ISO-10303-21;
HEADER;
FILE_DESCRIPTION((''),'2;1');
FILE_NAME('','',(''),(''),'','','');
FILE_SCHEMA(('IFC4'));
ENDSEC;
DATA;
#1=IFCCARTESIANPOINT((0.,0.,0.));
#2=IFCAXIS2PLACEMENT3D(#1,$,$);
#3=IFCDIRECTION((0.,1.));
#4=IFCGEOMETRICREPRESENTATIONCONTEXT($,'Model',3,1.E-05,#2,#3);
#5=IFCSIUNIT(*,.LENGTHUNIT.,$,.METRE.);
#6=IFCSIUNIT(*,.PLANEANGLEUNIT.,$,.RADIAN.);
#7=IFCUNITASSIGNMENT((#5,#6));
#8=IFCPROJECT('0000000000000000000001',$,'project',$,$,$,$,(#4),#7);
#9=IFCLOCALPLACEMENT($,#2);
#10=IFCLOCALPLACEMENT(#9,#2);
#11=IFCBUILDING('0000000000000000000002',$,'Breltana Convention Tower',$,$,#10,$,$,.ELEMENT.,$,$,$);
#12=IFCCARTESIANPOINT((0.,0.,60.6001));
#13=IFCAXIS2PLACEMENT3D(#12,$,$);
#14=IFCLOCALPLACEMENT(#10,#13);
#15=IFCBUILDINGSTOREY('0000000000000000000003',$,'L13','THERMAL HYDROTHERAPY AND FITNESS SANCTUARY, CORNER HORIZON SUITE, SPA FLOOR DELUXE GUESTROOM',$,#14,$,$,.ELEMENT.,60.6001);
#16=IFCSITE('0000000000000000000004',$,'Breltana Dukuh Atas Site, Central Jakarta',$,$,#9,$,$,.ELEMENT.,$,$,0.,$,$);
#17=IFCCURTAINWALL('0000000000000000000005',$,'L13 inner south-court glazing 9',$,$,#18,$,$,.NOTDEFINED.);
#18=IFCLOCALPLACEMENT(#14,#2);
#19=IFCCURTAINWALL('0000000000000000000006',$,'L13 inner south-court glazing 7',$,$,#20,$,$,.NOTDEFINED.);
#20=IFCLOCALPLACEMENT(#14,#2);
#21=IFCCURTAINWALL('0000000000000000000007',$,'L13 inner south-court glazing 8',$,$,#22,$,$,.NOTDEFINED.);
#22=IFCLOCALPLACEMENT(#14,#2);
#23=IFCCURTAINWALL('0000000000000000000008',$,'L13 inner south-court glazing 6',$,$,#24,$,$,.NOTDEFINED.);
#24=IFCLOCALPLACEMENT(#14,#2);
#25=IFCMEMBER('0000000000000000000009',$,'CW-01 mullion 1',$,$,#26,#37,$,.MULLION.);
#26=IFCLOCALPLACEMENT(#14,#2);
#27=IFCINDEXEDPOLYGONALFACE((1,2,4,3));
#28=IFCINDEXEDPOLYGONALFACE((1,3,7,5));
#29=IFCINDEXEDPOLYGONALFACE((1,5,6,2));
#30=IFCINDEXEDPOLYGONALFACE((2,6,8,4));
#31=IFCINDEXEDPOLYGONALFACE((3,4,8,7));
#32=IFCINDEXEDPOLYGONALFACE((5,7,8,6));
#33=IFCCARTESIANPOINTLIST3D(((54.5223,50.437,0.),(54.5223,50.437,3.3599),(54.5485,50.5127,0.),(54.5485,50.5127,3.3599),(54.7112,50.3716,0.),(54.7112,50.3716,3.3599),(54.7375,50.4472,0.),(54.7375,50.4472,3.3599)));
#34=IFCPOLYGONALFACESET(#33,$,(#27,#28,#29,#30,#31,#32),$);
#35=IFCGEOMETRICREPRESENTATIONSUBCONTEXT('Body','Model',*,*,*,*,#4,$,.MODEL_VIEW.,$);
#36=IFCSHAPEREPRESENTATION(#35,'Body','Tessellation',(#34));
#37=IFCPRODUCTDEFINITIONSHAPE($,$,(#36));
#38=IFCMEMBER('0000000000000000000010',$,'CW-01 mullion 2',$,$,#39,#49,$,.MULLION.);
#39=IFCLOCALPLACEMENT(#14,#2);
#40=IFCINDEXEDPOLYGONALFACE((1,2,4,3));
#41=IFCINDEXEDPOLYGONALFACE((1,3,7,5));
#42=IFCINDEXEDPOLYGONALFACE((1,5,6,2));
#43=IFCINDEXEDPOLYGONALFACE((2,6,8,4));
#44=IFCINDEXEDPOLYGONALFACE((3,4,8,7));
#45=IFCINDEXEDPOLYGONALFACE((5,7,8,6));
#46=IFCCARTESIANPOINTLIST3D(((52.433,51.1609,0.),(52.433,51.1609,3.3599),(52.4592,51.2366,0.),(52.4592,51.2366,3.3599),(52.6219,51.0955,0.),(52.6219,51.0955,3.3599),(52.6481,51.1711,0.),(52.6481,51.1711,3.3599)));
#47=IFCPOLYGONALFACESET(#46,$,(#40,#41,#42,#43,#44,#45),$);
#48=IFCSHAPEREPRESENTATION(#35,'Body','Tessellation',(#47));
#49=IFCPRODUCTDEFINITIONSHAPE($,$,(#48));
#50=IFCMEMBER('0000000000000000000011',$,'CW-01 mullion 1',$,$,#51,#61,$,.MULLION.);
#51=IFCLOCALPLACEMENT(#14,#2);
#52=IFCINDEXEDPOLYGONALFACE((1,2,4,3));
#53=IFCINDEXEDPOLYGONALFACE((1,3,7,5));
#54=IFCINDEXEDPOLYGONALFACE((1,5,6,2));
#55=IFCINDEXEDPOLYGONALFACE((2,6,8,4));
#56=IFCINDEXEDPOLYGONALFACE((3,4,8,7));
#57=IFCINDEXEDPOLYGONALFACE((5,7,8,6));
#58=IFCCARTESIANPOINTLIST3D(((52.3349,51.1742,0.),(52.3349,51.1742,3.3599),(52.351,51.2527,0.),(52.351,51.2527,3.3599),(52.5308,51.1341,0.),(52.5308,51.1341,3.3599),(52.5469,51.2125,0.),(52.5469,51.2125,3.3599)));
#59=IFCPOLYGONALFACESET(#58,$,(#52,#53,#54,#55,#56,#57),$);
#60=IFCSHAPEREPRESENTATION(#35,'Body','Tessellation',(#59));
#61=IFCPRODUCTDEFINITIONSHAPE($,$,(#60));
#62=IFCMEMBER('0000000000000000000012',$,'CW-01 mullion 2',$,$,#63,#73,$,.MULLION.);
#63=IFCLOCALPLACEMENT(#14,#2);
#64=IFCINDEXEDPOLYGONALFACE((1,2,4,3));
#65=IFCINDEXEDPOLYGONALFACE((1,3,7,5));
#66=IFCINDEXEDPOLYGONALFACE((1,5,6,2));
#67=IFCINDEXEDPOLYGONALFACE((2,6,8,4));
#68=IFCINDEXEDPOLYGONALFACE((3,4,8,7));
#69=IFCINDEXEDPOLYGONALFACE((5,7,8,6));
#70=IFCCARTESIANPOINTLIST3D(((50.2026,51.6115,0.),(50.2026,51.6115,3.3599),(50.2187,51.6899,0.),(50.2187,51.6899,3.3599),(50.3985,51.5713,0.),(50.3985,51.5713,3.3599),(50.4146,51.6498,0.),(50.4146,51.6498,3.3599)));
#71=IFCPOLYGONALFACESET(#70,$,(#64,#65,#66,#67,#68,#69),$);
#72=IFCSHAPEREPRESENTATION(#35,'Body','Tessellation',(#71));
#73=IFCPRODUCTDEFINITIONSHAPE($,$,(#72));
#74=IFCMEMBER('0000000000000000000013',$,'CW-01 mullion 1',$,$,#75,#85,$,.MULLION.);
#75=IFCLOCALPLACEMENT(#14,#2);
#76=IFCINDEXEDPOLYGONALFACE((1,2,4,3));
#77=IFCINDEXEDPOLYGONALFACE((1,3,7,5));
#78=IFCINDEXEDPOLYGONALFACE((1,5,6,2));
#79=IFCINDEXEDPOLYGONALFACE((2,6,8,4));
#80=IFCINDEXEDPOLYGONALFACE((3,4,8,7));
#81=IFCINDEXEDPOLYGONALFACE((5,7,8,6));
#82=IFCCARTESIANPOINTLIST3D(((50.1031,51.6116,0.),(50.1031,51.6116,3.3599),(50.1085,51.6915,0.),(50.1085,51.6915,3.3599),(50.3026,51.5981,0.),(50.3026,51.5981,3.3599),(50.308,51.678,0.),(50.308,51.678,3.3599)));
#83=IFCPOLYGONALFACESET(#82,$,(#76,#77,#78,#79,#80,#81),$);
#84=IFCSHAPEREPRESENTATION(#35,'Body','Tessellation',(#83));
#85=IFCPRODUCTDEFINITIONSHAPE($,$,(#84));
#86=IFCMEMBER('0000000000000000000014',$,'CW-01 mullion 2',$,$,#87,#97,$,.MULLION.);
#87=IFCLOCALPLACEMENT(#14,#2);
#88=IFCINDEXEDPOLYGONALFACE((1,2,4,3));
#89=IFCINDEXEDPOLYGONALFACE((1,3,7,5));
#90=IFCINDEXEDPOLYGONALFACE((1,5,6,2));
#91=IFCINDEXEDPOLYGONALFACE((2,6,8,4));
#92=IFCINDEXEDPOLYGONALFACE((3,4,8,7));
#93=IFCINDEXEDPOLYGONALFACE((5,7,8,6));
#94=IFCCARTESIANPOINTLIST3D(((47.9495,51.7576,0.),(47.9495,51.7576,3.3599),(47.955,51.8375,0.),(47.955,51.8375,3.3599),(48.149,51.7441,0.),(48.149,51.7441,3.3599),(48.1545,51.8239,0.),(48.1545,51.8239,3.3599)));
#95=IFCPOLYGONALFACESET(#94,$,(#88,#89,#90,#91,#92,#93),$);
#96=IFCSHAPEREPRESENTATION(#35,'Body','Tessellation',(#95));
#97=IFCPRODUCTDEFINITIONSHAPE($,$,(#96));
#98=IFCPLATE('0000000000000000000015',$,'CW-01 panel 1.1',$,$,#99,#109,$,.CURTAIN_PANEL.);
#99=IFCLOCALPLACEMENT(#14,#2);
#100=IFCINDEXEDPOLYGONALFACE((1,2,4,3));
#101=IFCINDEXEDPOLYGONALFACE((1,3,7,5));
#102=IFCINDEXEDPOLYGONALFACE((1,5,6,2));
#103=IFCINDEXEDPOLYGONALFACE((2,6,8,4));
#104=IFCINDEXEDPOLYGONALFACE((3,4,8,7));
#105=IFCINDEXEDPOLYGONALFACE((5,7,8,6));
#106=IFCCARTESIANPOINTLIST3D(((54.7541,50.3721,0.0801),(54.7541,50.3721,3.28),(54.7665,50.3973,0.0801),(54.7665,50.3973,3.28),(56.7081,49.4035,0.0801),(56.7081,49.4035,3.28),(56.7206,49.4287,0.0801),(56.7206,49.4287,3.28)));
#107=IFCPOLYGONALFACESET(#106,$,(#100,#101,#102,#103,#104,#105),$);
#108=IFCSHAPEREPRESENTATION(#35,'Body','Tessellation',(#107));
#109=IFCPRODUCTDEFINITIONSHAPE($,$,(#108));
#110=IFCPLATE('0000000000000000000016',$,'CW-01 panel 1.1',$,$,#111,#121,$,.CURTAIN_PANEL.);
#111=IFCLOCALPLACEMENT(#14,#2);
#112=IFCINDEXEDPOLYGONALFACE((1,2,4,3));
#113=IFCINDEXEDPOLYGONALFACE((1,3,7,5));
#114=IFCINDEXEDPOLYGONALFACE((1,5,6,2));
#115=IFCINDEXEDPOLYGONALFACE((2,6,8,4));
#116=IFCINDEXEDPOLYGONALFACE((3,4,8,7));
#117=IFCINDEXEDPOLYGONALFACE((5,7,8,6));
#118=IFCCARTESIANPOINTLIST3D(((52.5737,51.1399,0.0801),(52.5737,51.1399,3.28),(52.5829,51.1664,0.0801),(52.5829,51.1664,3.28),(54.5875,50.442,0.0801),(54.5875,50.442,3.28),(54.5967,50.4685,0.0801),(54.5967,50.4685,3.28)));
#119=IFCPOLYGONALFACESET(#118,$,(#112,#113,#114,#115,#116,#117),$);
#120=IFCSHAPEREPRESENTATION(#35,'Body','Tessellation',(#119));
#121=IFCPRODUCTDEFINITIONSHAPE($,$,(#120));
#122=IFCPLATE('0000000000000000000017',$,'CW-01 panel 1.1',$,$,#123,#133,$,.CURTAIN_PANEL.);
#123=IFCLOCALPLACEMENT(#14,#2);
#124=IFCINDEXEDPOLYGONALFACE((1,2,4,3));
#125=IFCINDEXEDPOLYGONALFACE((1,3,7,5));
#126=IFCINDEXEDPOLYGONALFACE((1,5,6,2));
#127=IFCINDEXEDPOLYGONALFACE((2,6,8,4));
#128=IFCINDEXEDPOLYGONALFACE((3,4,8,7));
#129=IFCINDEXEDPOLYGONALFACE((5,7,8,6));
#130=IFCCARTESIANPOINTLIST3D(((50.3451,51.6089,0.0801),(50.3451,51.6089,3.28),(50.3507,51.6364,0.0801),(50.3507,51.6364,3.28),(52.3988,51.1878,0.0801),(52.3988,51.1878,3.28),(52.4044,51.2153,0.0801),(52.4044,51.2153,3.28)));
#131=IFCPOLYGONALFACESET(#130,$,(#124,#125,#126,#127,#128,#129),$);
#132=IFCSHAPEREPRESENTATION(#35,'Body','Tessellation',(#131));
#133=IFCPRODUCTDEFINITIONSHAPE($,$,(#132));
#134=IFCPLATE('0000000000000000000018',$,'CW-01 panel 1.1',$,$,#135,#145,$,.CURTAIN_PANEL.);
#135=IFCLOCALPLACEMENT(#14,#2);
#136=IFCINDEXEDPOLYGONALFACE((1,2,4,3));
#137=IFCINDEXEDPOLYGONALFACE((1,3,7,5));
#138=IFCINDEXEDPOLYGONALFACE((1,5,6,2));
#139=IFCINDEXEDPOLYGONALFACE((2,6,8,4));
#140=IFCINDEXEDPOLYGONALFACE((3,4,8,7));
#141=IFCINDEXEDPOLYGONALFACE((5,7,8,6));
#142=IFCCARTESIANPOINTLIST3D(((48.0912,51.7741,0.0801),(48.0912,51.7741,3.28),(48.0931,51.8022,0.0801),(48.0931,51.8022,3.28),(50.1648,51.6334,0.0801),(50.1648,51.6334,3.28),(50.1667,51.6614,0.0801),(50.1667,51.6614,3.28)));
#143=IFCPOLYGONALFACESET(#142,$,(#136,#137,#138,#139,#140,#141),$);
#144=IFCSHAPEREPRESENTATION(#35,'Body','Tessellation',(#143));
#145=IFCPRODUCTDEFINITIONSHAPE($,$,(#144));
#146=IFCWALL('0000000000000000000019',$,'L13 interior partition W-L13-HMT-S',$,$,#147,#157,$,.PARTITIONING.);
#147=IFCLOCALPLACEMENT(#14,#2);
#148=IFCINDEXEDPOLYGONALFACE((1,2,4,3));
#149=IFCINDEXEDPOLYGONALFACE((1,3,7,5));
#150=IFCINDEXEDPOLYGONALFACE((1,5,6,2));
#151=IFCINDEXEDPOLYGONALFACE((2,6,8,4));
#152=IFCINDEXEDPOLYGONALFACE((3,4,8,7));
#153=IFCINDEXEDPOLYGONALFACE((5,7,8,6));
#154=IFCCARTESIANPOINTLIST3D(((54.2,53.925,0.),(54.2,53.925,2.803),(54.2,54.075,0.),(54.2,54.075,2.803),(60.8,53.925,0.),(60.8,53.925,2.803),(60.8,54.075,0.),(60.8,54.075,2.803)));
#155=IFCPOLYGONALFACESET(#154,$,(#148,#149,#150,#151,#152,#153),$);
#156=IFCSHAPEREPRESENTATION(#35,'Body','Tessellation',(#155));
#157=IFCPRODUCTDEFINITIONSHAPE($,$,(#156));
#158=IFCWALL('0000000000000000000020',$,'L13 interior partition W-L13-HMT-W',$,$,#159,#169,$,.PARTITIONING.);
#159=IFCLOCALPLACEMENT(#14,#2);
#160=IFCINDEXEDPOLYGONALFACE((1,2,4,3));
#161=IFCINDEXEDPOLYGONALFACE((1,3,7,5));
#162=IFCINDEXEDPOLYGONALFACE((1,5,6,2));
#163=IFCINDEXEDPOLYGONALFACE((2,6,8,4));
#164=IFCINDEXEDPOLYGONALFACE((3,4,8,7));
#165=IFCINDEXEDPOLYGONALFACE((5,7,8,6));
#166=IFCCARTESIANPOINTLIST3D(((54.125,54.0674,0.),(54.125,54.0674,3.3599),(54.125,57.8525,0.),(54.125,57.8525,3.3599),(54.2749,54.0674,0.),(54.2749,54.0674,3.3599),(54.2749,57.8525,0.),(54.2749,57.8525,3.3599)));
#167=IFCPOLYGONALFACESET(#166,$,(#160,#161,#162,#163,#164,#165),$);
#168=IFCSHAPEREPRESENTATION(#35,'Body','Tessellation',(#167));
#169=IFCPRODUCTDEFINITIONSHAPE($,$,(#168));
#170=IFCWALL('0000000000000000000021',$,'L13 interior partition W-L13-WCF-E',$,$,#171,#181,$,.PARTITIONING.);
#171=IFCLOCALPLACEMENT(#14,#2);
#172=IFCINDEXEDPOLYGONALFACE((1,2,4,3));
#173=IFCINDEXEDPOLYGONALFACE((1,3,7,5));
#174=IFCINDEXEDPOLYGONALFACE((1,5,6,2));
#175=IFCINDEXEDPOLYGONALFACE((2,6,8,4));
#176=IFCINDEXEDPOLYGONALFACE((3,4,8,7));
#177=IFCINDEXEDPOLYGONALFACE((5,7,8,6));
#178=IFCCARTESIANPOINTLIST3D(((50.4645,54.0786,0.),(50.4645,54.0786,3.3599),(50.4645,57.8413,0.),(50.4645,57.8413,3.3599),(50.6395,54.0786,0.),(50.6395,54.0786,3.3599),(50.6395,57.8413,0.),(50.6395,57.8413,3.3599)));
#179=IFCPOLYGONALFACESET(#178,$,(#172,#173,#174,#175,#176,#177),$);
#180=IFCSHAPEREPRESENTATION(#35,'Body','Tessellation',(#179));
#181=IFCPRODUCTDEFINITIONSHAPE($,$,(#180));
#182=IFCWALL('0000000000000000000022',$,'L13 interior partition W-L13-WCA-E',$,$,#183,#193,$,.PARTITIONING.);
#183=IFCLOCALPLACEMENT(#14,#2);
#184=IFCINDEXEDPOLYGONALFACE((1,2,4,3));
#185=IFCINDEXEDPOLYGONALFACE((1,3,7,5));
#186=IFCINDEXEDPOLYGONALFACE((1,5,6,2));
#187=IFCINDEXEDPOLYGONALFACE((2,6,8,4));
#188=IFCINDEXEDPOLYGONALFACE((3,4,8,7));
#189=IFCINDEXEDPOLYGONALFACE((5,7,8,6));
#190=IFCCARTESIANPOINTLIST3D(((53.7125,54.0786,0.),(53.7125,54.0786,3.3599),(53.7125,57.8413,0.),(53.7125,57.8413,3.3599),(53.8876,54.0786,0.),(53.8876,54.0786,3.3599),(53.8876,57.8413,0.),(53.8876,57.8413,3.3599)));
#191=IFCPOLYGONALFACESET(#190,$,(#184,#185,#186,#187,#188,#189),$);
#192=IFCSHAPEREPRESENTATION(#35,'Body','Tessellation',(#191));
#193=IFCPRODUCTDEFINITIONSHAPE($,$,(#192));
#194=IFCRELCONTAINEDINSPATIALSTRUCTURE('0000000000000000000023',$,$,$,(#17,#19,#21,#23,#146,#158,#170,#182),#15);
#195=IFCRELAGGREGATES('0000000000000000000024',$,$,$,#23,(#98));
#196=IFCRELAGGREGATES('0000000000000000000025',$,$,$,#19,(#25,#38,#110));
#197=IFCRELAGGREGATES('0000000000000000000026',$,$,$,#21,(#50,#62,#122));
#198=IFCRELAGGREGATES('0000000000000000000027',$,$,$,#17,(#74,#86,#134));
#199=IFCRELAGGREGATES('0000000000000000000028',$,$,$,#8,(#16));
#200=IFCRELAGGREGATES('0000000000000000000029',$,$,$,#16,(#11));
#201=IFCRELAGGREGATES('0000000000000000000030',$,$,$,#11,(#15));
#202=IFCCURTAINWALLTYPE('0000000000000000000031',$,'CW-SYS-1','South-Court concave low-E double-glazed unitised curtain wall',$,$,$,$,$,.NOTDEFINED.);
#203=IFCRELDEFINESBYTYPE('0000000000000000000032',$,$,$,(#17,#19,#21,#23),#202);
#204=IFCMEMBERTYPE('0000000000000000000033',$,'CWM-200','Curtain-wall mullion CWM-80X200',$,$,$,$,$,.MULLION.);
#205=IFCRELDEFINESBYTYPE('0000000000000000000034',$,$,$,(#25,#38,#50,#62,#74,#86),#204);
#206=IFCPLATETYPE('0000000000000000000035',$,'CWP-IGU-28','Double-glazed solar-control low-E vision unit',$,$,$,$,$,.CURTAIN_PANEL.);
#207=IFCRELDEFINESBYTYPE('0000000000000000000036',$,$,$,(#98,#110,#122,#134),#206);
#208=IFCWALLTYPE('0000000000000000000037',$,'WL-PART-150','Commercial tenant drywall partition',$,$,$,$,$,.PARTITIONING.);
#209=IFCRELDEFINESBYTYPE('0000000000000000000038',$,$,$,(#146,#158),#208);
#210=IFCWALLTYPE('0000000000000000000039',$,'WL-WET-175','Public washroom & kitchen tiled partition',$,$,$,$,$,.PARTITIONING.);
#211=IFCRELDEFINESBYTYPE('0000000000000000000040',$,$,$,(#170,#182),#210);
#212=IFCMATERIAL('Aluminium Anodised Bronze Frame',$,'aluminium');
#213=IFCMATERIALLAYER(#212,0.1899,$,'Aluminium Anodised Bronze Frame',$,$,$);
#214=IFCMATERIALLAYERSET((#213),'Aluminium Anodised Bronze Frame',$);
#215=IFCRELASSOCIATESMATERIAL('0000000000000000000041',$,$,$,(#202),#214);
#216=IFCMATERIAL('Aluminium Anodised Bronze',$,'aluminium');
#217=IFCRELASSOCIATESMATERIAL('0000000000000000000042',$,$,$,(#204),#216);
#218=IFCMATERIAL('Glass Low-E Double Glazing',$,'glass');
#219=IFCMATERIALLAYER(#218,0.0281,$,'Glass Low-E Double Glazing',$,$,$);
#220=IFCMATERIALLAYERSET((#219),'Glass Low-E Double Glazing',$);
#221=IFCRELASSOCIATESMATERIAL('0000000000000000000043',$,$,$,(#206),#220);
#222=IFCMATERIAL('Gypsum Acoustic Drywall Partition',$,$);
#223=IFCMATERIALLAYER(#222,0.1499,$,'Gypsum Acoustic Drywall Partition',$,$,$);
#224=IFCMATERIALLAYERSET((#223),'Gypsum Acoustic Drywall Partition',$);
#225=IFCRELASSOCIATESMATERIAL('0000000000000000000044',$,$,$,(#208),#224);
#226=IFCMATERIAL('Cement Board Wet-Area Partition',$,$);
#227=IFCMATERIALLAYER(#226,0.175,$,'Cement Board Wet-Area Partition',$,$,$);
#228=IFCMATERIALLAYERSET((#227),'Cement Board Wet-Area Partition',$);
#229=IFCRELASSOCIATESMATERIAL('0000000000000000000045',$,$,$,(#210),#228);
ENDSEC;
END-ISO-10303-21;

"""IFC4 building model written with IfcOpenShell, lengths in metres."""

from ifc_helpers import new_model, si_unit, direction, frame, frame_2d, origin, origin_2d, place, context, subcontext, project, spatial, rectangle, extrude, source, transform, mapped, material, layer, layer_set, material_profile, profile_set, type_object, element, aggregate, save


model = new_model("IFC4")

# Units and contexts
model_context = context("Model", 3, precision=1e-05, world=origin(), true_north=direction((0.0, 1.0)))
body_context = subcontext(model_context, "Body", "Model", "MODEL_VIEW")
ifc_project = project(units=[si_unit("LENGTHUNIT", "METRE"), si_unit("PLANEANGLEUNIT", "RADIAN")], contexts=[model_context])

# Site, building, storey
site_placement = place(None, origin())
site = spatial("IfcSite", under=ifc_project, at=site_placement, Name="Breltana Dukuh Atas Site, Central Jakarta", CompositionType="ELEMENT", RefElevation=0.0)
building_placement = place(site_placement, origin())
building = spatial("IfcBuilding", under=site, at=building_placement, Name="Breltana Convention Tower", CompositionType="ELEMENT")
storey_placement = place(building_placement, frame((0.0, 0.0, 60.6001)))
storey = spatial("IfcBuildingStorey", under=building, at=storey_placement, Name="L13", Description="THERMAL HYDROTHERAPY AND FITNESS SANCTUARY, CORNER HORIZON SUITE, SPA FLOOR DELUXE GUESTROOM", CompositionType="ELEMENT", Elevation=60.6001)

# Curtain walls
ifc_material_1 = material(Name="Aluminium Anodised Bronze Frame", Category="aluminium")
ifc_layer_1 = layer(ifc_material_1, 0.1899, Name="Aluminium Anodised Bronze Frame")
ifc_layer_set_1 = layer_set([ifc_layer_1], Name="Aluminium Anodised Bronze Frame")
curtain_wall_type = type_object("IfcCurtainWallType", Name="CW-SYS-1", Description="South-Court concave low-E double-glazed unitised curtain wall", PredefinedType="NOTDEFINED", material=ifc_layer_set_1)
curtain_wall_1_placement = place(storey_placement, origin())
curtain_wall_1 = element("IfcCurtainWall", 1, at=curtain_wall_1_placement, inside=storey, type_object=curtain_wall_type, Name="L13 inner south-court glazing 9", PredefinedType="NOTDEFINED")
ifc_material_2 = material(Name="Aluminium Anodised Bronze", Category="aluminium")
curtain_wall_2_placement = place(storey_placement, origin())
curtain_wall_2 = element("IfcCurtainWall", 2, at=curtain_wall_2_placement, inside=storey, type_object=curtain_wall_type, Name="L13 inner south-court glazing 7", PredefinedType="NOTDEFINED")
curtain_wall_3_placement = place(storey_placement, origin())
curtain_wall_3 = element("IfcCurtainWall", 3, at=curtain_wall_3_placement, inside=storey, type_object=curtain_wall_type, Name="L13 inner south-court glazing 8", PredefinedType="NOTDEFINED")

# Curtain wall
curtain_wall_4_placement = place(storey_placement, origin())
curtain_wall_4 = element("IfcCurtainWall", 4, at=curtain_wall_4_placement, inside=storey, type_object=curtain_wall_type, Name="L13 inner south-court glazing 6", PredefinedType="NOTDEFINED")
ifc_material_profile_1 = material_profile(ifc_material_2, rectangle(XDim=0.0801, YDim=0.2, at=origin_2d()), Name="CWM-80X200")
ifc_profile_set_1 = profile_set([ifc_material_profile_1], Name="Aluminium Anodised Bronze")
member_type_1 = type_object("IfcMemberType", Name="CWM-200", Description="Curtain-wall mullion CWM-80X200", PredefinedType="MULLION", material=ifc_profile_set_1)
shared_shape_1 = source(origin(), body_context, "Body", "SweptSolid", [
    extrude(rectangle(XDim=0.0801, YDim=0.2, at=origin_2d()), origin(), (0.0, 0.0, 1.0), 3.3599),
])

# Members
member_1_placement = place(storey_placement, frame((54.6299, 50.4421, 0.0), z_axis=(0.0, 0.0, 1.0), x_axis=(-0.327413, -0.944881, 0.0)))
member_1 = element("IfcMember", 5, at=member_1_placement, type_object=member_type_1, Name="CW-01 mullion 1", PredefinedType="MULLION", context=body_context, shape_type="MappedRepresentation", body=[
    mapped(shared_shape_1, transform((0.0, 0.0, 0.0), scale=1.0)),
])
member_2_placement = place(storey_placement, frame((52.5405, 51.166, 0.0), z_axis=(0.0, 0.0, 1.0), x_axis=(-0.327413, -0.944881, 0.0)))
member_2 = element("IfcMember", 6, at=member_2_placement, type_object=member_type_1, Name="CW-01 mullion 2", PredefinedType="MULLION", context=body_context, shape_type="MappedRepresentation", body=[
    mapped(shared_shape_1, transform((0.0, 0.0, 0.0), scale=1.0)),
])
member_3_placement = place(storey_placement, frame((52.4409, 51.1934, 0.0), z_axis=(0.0, 0.0, 1.0), x_axis=(-0.200886, -0.979615, 0.0)))
member_3 = element("IfcMember", 7, at=member_3_placement, type_object=member_type_1, Name="CW-01 mullion 1", PredefinedType="MULLION", context=body_context, shape_type="MappedRepresentation", body=[
    mapped(shared_shape_1, transform((0.0, 0.0, 0.0), scale=1.0)),
])
member_4_placement = place(storey_placement, frame((50.3086, 51.6306, 0.0), z_axis=(0.0, 0.0, 1.0), x_axis=(-0.200886, -0.979615, 0.0)))
member_4 = element("IfcMember", 8, at=member_4_placement, type_object=member_type_1, Name="CW-01 mullion 2", PredefinedType="MULLION", context=body_context, shape_type="MappedRepresentation", body=[
    mapped(shared_shape_1, transform((0.0, 0.0, 0.0), scale=1.0)),
])
member_5_placement = place(storey_placement, frame((50.2056, 51.6448, 0.0), z_axis=(0.0, 0.0, 1.0), x_axis=(-0.067726, -0.997704, 0.0)))
member_5 = element("IfcMember", 9, at=member_5_placement, type_object=member_type_1, Name="CW-01 mullion 1", PredefinedType="MULLION", context=body_context, shape_type="MappedRepresentation", body=[
    mapped(shared_shape_1, transform((0.0, 0.0, 0.0), scale=1.0)),
])
member_6_placement = place(storey_placement, frame((48.052, 51.7908, 0.0), z_axis=(0.0, 0.0, 1.0), x_axis=(-0.067726, -0.997704, 0.0)))
member_6 = element("IfcMember", 10, at=member_6_placement, type_object=member_type_1, Name="CW-01 mullion 2", PredefinedType="MULLION", context=body_context, shape_type="MappedRepresentation", body=[
    mapped(shared_shape_1, transform((0.0, 0.0, 0.0), scale=1.0)),
])

# Plates
ifc_material_3 = material(Name="Glass Low-E Double Glazing", Category="glass")
ifc_layer_2 = layer(ifc_material_3, 0.0281, Name="Glass Low-E Double Glazing")
ifc_layer_set_2 = layer_set([ifc_layer_2], Name="Glass Low-E Double Glazing")
plate_type = type_object("IfcPlateType", Name="CWP-IGU-28", Description="Double-glazed solar-control low-E vision unit", PredefinedType="CURTAIN_PANEL", material=ifc_layer_set_2)
shared_shape_2 = source(origin(), body_context, "Body", "SweptSolid", [
    extrude(rectangle(XDim=2.1809, YDim=0.0281, at=origin_2d()), origin(), (0.0, 0.0, 1.0), 3.2),
])
plate_1_placement = place(storey_placement, frame((55.7373, 49.9004, 0.0801), z_axis=(0.0, 0.0, 1.0), x_axis=(-0.895968, 0.444118, 0.0)))
plate_1 = element("IfcPlate", 11, at=plate_1_placement, type_object=plate_type, Name="CW-01 panel 1.1", PredefinedType="CURTAIN_PANEL", context=body_context, shape_type="MappedRepresentation", body=[
    mapped(shared_shape_2, transform((0.0, 0.0, 0.0), scale=1.0)),
])
aggregate(curtain_wall_4, [plate_1])
shared_shape_3 = source(origin(), body_context, "Body", "SweptSolid", [
    extrude(rectangle(XDim=2.1313, YDim=0.0281, at=origin_2d()), origin(), (0.0, 0.0, 1.0), 3.2),
])
plate_2_placement = place(storey_placement, frame((53.5852, 50.8042, 0.0801), z_axis=(0.0, 0.0, 1.0), x_axis=(-0.944881, 0.327413, 0.0)))
plate_2 = element("IfcPlate", 12, at=plate_2_placement, type_object=plate_type, Name="CW-01 panel 1.1", PredefinedType="CURTAIN_PANEL", context=body_context, shape_type="MappedRepresentation", body=[
    mapped(shared_shape_3, transform((0.0, 0.0, 0.0), scale=1.0)),
])
aggregate(curtain_wall_2, [member_1, member_2, plate_2])
shared_shape_4 = source(origin(), body_context, "Body", "SweptSolid", [
    extrude(rectangle(XDim=2.0964, YDim=0.0281, at=origin_2d()), origin(), (0.0, 0.0, 1.0), 3.2),
])
plate_3_placement = place(storey_placement, frame((51.3748, 51.4121, 0.0801), z_axis=(0.0, 0.0, 1.0), x_axis=(-0.979615, 0.200886, 0.0)))
plate_3 = element("IfcPlate", 13, at=plate_3_placement, type_object=plate_type, Name="CW-01 panel 1.1", PredefinedType="CURTAIN_PANEL", context=body_context, shape_type="MappedRepresentation", body=[
    mapped(shared_shape_4, transform((0.0, 0.0, 0.0), scale=1.0)),
])
aggregate(curtain_wall_3, [member_3, member_4, plate_3])
shared_shape_5 = source(origin(), body_context, "Body", "SweptSolid", [
    extrude(rectangle(XDim=2.0784, YDim=0.0281, at=origin_2d()), origin(), (0.0, 0.0, 1.0), 3.2),
])
plate_4_placement = place(storey_placement, frame((49.1289, 51.7178, 0.0801), z_axis=(0.0, 0.0, 1.0), x_axis=(-0.997704, 0.067726, 0.0)))
plate_4 = element("IfcPlate", 14, at=plate_4_placement, type_object=plate_type, Name="CW-01 panel 1.1", PredefinedType="CURTAIN_PANEL", context=body_context, shape_type="MappedRepresentation", body=[
    mapped(shared_shape_5, transform((0.0, 0.0, 0.0), scale=1.0)),
])
aggregate(curtain_wall_1, [member_5, member_6, plate_4])

# Walls
ifc_material_4 = material(Name="Gypsum Acoustic Drywall Partition")
ifc_layer_3 = layer(ifc_material_4, 0.1499, Name="Gypsum Acoustic Drywall Partition")
ifc_layer_set_3 = layer_set([ifc_layer_3], Name="Gypsum Acoustic Drywall Partition")
wall_type_1 = type_object("IfcWallType", Name="WL-PART-150", Description="Commercial tenant drywall partition", PredefinedType="PARTITIONING", material=ifc_layer_set_3)
shared_shape_6 = source(origin(), body_context, "Body", "SweptSolid", [
    extrude(rectangle(XDim=6.6001, YDim=0.1499, at=frame_2d((3.3, 0.0))), origin(), (0.0, 0.0, 1.0), 2.803),
])
wall_1_placement = place(storey_placement, frame((54.2, 54.0, 0.0), z_axis=(0.0, 0.0, 1.0), x_axis=(1.0, 0.0, 0.0)))
element("IfcWall", 15, at=wall_1_placement, inside=storey, type_object=wall_type_1, Name="L13 interior partition W-L13-HMT-S", PredefinedType="PARTITIONING", context=body_context, shape_type="MappedRepresentation", body=[
    mapped(shared_shape_6, transform((0.0, 0.0, 0.0), scale=1.0)),
])
shared_shape_7 = source(origin(), body_context, "Body", "SweptSolid", [
    extrude(rectangle(XDim=3.7852, YDim=0.1499, at=frame_2d((1.8926, 0.0))), origin(), (0.0, 0.0, 1.0), 3.3599),
])
wall_2_placement = place(storey_placement, frame((54.2, 54.0674, 0.0), z_axis=(0.0, 0.0, 1.0), x_axis=(0.0, 1.0, 0.0)))
element("IfcWall", 16, at=wall_2_placement, inside=storey, type_object=wall_type_1, Name="L13 interior partition W-L13-HMT-W", PredefinedType="PARTITIONING", context=body_context, shape_type="MappedRepresentation", body=[
    mapped(shared_shape_7, transform((0.0, 0.0, 0.0), scale=1.0)),
])
ifc_material_5 = material(Name="Cement Board Wet-Area Partition")
ifc_layer_4 = layer(ifc_material_5, 0.175, Name="Cement Board Wet-Area Partition")
ifc_layer_set_4 = layer_set([ifc_layer_4], Name="Cement Board Wet-Area Partition")
wall_type_2 = type_object("IfcWallType", Name="WL-WET-175", Description="Public washroom & kitchen tiled partition", PredefinedType="PARTITIONING", material=ifc_layer_set_4)
shared_shape_8 = source(origin(), body_context, "Body", "SweptSolid", [
    extrude(rectangle(XDim=3.7627, YDim=0.175, at=frame_2d((1.8813, 0.0))), origin(), (0.0, 0.0, 1.0), 3.3599),
])
for number, where, z_axis, x_axis, name in (
    (17, (50.552, 54.0786, 0.0), (0.0, 0.0, 1.0), (0.0, 1.0, 0.0), "L13 interior partition W-L13-WCF-E"),
    (18, (53.8, 54.0786, 0.0), (0.0, 0.0, 1.0), (0.0, 1.0, 0.0), "L13 interior partition W-L13-WCA-E"),
):
    element("IfcWall", number, at=place(storey_placement, frame(where, z_axis=z_axis, x_axis=x_axis)), inside=storey, type_object=wall_type_2, Name=name, PredefinedType="PARTITIONING", context=body_context, shape_type="MappedRepresentation", body=[
        mapped(shared_shape_8, transform((0.0, 0.0, 0.0), scale=1.0)),
    ])

save(model, "model.ifc")
